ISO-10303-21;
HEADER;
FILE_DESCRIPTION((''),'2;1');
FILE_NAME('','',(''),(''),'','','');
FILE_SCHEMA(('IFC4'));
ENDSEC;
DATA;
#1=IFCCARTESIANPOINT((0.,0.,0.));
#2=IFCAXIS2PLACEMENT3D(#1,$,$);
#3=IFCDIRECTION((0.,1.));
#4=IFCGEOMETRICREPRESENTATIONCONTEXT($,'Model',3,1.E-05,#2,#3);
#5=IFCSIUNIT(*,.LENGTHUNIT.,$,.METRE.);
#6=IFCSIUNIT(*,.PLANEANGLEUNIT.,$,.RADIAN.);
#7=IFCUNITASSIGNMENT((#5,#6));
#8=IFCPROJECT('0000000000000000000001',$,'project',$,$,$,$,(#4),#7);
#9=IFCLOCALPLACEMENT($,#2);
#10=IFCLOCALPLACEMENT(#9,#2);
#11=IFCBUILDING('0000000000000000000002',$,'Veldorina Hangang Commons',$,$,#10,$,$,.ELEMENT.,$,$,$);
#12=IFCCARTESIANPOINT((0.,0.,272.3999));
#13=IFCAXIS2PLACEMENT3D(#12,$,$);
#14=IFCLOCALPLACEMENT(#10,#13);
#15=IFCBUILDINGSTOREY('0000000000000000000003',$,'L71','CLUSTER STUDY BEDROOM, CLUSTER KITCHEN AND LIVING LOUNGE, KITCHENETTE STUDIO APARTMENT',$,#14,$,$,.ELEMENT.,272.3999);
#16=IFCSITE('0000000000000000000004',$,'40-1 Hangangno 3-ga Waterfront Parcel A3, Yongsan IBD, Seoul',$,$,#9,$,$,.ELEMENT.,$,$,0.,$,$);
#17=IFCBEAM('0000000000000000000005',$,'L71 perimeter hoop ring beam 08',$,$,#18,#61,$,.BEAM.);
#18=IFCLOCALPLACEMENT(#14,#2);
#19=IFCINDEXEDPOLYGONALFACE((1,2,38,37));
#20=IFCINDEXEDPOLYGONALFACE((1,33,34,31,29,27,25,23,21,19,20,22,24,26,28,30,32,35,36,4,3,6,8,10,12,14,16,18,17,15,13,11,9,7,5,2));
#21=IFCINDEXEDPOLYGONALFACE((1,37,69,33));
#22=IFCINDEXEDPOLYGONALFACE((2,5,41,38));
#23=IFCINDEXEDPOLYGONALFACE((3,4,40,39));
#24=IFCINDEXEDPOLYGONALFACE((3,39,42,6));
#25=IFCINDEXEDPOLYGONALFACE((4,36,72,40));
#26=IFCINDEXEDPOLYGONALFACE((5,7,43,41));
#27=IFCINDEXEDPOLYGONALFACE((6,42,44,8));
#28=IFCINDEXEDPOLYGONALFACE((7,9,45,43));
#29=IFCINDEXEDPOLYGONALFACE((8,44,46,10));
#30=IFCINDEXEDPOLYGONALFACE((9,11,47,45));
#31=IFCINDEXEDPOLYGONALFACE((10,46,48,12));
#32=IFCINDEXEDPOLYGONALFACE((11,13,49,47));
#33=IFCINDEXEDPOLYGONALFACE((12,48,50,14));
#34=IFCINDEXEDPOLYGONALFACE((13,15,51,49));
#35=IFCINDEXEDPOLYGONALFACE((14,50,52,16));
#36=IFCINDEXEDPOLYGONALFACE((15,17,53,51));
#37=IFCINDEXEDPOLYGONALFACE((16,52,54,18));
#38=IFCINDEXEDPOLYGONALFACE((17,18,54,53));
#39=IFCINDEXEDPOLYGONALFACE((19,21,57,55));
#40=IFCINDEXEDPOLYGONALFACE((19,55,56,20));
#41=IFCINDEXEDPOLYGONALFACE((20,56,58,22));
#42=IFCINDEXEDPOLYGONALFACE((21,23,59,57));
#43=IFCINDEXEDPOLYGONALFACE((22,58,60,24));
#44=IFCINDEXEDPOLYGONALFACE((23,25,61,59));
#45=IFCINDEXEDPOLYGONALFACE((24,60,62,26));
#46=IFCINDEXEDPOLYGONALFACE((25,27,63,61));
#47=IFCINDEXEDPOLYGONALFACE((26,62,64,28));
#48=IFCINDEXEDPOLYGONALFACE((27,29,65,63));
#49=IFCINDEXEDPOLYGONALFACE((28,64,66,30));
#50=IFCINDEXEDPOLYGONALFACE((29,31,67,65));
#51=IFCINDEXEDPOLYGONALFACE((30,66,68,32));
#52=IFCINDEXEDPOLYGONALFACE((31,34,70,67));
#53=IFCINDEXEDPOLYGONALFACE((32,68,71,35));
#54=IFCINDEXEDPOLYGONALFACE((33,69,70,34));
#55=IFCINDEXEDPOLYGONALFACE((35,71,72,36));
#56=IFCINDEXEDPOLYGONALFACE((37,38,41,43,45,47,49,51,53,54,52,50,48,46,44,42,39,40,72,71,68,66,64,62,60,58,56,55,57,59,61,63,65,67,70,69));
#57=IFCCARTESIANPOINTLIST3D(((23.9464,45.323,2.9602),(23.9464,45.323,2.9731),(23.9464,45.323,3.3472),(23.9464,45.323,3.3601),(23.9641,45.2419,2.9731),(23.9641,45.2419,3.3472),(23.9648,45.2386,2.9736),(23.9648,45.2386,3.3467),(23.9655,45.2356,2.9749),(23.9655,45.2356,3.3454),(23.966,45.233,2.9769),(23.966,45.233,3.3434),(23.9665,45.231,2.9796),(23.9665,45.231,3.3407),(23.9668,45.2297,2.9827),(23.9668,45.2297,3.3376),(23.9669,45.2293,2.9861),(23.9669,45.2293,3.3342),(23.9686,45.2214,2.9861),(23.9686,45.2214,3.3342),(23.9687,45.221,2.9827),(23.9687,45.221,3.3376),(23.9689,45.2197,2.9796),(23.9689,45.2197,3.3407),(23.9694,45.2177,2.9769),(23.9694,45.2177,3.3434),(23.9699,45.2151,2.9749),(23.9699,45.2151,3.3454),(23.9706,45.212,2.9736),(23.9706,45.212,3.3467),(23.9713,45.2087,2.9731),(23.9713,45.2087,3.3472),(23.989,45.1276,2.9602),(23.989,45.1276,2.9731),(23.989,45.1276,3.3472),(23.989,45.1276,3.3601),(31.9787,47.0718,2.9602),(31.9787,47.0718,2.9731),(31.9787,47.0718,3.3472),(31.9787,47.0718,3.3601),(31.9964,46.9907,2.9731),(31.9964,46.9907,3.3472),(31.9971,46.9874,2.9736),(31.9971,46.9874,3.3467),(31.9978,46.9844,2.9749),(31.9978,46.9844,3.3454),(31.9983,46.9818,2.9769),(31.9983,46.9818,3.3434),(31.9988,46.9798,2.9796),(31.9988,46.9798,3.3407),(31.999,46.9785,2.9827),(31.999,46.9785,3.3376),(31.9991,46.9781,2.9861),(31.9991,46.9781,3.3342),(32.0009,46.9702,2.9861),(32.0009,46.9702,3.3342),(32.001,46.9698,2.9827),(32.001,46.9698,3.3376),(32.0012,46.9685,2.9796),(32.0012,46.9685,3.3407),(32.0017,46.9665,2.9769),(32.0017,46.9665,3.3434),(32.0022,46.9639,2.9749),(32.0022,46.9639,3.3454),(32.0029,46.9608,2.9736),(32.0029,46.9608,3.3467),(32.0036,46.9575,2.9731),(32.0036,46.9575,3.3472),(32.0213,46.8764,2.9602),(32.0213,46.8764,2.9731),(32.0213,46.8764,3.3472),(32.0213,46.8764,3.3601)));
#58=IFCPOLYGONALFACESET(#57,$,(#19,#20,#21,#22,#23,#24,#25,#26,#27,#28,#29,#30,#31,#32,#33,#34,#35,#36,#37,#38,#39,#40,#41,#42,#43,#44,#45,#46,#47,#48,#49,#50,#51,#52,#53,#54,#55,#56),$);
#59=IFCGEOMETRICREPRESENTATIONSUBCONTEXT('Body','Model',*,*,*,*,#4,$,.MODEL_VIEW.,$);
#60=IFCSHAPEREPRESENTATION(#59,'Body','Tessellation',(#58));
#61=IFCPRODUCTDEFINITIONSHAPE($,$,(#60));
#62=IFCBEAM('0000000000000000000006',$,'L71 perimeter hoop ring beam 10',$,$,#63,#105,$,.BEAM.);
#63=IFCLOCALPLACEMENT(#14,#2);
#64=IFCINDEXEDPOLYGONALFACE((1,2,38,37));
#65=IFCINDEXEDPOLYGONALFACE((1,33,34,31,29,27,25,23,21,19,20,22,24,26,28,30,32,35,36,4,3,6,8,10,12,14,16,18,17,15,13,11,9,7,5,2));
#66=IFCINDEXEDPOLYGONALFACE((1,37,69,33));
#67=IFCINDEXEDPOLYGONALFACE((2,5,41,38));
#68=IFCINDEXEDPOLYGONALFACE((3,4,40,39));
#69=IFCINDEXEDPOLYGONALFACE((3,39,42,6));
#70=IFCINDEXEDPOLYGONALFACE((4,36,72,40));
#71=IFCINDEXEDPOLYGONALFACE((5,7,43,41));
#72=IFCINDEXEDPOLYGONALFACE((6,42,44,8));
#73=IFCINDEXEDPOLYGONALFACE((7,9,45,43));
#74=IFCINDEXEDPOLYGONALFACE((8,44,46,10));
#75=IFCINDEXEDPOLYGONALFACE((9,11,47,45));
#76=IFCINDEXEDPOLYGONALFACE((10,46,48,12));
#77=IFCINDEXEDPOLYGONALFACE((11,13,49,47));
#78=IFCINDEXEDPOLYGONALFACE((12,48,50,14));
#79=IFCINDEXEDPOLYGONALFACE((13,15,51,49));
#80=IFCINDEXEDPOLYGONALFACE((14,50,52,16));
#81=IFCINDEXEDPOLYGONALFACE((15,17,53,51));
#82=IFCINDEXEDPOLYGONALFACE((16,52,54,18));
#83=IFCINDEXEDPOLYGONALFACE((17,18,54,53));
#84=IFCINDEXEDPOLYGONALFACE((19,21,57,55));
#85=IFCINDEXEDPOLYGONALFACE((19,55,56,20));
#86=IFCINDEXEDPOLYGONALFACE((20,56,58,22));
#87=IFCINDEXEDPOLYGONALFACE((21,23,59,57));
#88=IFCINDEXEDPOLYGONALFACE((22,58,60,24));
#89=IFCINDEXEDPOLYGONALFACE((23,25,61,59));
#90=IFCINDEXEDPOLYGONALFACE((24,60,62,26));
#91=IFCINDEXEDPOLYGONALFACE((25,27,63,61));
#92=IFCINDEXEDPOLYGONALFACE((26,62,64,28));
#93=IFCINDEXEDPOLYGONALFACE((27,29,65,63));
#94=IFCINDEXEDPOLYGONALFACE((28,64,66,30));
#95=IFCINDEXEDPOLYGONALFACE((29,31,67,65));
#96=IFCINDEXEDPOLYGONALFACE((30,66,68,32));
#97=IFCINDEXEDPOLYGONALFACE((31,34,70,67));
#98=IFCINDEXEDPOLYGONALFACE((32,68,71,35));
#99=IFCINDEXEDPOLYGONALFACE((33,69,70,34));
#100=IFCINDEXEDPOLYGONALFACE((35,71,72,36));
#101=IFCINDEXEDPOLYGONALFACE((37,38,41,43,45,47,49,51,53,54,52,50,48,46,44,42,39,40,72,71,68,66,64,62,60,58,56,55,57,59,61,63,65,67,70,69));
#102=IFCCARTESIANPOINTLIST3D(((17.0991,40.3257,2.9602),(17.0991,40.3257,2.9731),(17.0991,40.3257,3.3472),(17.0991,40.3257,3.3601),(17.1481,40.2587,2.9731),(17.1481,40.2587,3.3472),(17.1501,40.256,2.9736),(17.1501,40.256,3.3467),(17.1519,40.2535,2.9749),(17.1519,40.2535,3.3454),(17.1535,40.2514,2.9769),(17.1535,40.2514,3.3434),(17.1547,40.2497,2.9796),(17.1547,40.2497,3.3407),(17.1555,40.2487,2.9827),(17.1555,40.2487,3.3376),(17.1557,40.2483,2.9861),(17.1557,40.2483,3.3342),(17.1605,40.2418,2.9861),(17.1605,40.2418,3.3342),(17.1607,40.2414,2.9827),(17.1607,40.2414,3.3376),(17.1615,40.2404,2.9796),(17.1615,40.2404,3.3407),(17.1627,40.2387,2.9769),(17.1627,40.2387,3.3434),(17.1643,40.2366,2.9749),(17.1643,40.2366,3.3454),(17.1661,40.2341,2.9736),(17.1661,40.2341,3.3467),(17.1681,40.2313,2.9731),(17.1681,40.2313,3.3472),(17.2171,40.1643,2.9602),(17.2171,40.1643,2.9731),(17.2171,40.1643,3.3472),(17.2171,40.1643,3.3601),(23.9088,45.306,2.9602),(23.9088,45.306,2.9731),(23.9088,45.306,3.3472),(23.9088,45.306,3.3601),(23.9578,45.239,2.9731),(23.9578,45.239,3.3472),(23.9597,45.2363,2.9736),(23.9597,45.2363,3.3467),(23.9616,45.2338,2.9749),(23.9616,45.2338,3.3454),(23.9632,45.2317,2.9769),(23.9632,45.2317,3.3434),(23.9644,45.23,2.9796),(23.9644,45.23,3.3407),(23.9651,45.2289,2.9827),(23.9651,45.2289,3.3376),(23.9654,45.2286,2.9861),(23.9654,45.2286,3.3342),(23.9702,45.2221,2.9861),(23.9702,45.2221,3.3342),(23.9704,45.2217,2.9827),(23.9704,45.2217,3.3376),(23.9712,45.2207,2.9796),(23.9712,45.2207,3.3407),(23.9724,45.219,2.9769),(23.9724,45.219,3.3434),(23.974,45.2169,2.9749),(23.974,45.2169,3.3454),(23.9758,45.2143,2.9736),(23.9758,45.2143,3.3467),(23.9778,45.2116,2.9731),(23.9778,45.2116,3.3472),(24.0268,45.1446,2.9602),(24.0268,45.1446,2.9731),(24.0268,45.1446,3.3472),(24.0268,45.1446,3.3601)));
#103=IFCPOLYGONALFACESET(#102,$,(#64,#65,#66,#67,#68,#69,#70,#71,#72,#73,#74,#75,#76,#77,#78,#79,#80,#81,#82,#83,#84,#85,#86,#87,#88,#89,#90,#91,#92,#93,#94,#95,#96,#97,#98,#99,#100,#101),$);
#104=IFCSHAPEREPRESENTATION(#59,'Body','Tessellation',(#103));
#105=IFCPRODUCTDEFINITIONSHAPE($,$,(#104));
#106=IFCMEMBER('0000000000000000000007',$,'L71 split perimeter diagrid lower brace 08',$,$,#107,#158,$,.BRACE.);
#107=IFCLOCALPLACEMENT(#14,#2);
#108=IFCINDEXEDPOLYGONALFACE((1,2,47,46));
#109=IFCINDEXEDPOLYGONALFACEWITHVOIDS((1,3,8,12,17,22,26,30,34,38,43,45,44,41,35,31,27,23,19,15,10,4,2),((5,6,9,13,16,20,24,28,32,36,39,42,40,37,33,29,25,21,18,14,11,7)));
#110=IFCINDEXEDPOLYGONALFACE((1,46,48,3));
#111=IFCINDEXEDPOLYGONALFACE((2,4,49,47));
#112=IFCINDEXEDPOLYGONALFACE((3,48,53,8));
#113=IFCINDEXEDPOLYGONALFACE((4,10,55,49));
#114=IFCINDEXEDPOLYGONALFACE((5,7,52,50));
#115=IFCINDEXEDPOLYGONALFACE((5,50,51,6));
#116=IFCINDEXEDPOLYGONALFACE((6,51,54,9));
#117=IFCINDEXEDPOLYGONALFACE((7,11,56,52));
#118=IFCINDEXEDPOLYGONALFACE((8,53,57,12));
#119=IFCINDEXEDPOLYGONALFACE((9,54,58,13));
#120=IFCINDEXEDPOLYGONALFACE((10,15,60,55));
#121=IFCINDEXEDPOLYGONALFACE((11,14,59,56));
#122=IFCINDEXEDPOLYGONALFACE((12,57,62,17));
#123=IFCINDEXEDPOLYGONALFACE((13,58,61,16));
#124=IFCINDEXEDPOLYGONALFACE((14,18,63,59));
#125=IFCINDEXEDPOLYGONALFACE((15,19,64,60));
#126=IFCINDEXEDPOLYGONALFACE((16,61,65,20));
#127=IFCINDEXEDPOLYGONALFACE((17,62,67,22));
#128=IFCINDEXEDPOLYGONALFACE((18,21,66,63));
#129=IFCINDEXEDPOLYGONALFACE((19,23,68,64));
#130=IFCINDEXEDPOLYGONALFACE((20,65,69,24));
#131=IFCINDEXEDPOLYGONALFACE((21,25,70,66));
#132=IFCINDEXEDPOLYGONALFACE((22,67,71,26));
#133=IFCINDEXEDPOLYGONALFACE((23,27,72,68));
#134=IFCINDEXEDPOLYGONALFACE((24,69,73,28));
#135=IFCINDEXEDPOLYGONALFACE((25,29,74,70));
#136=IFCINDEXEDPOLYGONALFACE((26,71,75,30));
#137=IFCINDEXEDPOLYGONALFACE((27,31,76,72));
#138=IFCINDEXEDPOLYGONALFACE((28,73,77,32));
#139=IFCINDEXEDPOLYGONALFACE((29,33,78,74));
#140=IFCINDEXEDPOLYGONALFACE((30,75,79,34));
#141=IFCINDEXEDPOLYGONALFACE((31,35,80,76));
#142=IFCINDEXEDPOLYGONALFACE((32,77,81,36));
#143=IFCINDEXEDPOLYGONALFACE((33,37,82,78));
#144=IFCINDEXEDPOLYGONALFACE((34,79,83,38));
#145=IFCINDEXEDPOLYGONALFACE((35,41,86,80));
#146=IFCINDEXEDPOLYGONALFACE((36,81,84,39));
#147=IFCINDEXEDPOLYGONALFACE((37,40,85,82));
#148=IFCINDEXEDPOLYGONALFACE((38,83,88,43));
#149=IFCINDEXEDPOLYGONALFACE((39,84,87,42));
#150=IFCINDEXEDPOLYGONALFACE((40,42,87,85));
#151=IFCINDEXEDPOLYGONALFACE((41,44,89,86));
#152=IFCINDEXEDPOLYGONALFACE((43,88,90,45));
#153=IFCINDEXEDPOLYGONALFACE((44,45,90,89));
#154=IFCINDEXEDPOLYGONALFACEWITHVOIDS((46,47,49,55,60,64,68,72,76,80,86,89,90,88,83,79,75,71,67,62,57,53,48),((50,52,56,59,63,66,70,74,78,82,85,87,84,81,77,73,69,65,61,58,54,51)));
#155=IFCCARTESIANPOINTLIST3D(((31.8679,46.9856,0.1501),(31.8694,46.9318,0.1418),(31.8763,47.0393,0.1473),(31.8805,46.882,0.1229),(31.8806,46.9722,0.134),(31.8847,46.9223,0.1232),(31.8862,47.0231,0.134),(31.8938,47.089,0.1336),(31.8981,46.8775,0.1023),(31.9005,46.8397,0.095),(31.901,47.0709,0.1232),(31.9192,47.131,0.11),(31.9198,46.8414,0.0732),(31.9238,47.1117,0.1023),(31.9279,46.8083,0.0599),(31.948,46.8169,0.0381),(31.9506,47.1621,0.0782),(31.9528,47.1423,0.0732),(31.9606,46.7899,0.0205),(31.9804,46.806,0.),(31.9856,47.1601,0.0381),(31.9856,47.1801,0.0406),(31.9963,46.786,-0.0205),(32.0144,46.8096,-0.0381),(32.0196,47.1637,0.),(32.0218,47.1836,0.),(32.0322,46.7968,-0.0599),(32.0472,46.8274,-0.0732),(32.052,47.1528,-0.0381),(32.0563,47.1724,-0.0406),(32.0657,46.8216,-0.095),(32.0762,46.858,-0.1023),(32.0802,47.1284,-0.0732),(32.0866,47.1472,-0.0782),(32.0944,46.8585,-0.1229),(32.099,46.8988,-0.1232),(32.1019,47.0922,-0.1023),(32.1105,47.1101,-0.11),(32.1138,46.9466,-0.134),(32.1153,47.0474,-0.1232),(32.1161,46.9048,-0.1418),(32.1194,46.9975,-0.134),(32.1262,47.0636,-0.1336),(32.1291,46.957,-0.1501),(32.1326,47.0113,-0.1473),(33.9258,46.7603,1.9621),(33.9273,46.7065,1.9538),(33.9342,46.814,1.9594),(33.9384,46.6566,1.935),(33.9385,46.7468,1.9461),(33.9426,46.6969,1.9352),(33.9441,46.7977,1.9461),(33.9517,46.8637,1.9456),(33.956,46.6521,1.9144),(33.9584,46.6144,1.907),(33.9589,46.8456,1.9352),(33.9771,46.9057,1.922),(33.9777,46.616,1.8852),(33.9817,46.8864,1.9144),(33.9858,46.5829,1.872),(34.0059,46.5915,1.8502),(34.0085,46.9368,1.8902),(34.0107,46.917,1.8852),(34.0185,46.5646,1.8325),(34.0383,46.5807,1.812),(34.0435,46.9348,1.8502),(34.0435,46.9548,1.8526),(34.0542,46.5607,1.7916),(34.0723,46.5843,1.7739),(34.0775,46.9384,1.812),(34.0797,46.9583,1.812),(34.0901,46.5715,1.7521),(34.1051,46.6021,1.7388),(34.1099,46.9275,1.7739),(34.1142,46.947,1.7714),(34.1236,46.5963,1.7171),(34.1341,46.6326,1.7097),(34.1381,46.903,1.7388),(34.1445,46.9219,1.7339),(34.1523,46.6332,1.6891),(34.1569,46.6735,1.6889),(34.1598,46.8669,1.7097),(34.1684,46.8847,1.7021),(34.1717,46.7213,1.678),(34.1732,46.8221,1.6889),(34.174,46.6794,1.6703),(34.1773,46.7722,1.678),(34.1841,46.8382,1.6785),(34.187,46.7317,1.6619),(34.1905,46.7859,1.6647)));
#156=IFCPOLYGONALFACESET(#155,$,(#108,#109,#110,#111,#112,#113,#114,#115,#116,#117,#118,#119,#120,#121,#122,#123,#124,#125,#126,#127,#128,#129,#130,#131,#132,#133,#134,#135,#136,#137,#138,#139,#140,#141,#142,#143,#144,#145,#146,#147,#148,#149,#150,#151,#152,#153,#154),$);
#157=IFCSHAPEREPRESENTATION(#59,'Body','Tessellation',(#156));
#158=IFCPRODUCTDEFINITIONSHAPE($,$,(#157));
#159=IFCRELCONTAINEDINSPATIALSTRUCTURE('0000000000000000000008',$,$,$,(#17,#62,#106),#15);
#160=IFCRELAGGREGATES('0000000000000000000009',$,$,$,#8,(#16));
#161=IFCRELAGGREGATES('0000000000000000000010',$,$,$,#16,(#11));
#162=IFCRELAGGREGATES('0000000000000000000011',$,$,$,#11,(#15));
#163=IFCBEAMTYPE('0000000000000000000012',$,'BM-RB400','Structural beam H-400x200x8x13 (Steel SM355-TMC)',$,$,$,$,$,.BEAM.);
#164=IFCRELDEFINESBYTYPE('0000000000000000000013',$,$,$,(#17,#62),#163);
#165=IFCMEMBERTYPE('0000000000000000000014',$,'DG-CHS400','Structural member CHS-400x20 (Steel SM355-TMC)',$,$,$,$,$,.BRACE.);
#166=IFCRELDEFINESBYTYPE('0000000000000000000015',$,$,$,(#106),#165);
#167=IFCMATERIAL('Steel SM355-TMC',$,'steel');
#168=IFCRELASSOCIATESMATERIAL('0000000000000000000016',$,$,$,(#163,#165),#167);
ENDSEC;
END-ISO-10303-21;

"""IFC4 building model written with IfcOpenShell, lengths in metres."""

from ifc_helpers import new_model, si_unit, direction, frame, origin, origin_2d, place, context, subcontext, project, spatial, hollow_circle, i_section, extrude, material, material_profile, profile_set, type_object, element, save


model = new_model("IFC4")

# Units and contexts
model_context = context("Model", 3, precision=1e-05, world=origin(), true_north=direction((0.0, 1.0)))
body_context = subcontext(model_context, "Body", "Model", "MODEL_VIEW")
ifc_project = project(units=[si_unit("LENGTHUNIT", "METRE"), si_unit("PLANEANGLEUNIT", "RADIAN")], contexts=[model_context])

# Site, building, storey
site_placement = place(None, origin())
site = spatial("IfcSite", under=ifc_project, at=site_placement, Name="40-1 Hangangno 3-ga Waterfront Parcel A3, Yongsan IBD, Seoul", CompositionType="ELEMENT", RefElevation=0.0)
building_placement = place(site_placement, origin())
building = spatial("IfcBuilding", under=site, at=building_placement, Name="Veldorina Hangang Commons", CompositionType="ELEMENT")
storey_placement = place(building_placement, frame((0.0, 0.0, 272.3999)))
storey = spatial("IfcBuildingStorey", under=building, at=storey_placement, Name="L71", Description="CLUSTER STUDY BEDROOM, CLUSTER KITCHEN AND LIVING LOUNGE, KITCHENETTE STUDIO APARTMENT", CompositionType="ELEMENT", Elevation=272.3999)

# Beams
ifc_material_1 = material(Name="Steel SM355-TMC", Category="steel")
ifc_material_profile_1 = material_profile(ifc_material_1, i_section(OverallWidth=0.2, OverallDepth=0.3999, WebThickness=0.0081, FlangeThickness=0.0129, FilletRadius=0.0129, at=origin_2d()), Name="H-400x200x8x13")
ifc_profile_set_1 = profile_set([ifc_material_profile_1], Name="Steel SM355-TMC")
beam_type = type_object("IfcBeamType", Name="BM-RB400", Description="Structural beam H-400x200x8x13 (Steel SM355-TMC)", PredefinedType="BEAM", material=ifc_profile_set_1)
beam_1_placement = place(storey_placement, frame((32.0, 46.9741, 3.1602), z_axis=(-0.97711, -0.212737, 0.0), x_axis=(0.212737, -0.97711, 0.0)))
element("IfcBeam", 1, at=beam_1_placement, inside=storey, type_object=beam_type, Name="L71 perimeter hoop ring beam 08", PredefinedType="BEAM", context=body_context, shape_type="SweptSolid", body=[
    extrude(i_section(OverallWidth=0.2, OverallDepth=0.3999, WebThickness=0.0081, FlangeThickness=0.0129, FilletRadius=0.0129, at=origin_2d()), origin(), (0.0, 0.0, 1.0), 8.2205),
])
beam_2_placement = place(storey_placement, frame((23.9678, 45.2253, 3.1602), z_axis=(-0.807165, -0.590326, 0.0), x_axis=(0.590326, -0.807165, 0.0)))
element("IfcBeam", 2, at=beam_2_placement, inside=storey, type_object=beam_type, Name="L71 perimeter hoop ring beam 10", PredefinedType="BEAM", context=body_context, shape_type="SweptSolid", body=[
    extrude(i_section(OverallWidth=0.2, OverallDepth=0.3999, WebThickness=0.0081, FlangeThickness=0.0129, FilletRadius=0.0129, at=origin_2d()), origin(), (0.0, 0.0, 1.0), 8.4365),
])

# Member
ifc_material_profile_2 = material_profile(ifc_material_1, hollow_circle(Radius=0.2, WallThickness=0.02, at=origin_2d()), Name="CHS-400x20")
ifc_profile_set_2 = profile_set([ifc_material_profile_2], Name="Steel SM355-TMC")
member_type_1 = type_object("IfcMemberType", Name="DG-CHS400", Description="Structural member CHS-400x20 (Steel SM355-TMC)", PredefinedType="BRACE", material=ifc_profile_set_2)
member_1_placement = place(storey_placement, frame((32.0, 46.9849, 0.0), z_axis=(0.747994, -0.081908, 0.658632), x_axis=(0.108852, 0.994058, 0.0)))
element("IfcMember", 3, at=member_1_placement, inside=storey, type_object=member_type_1, Name="L71 split perimeter diagrid lower brace 08", PredefinedType="BRACE", context=body_context, shape_type="SweptSolid", body=[
    extrude(hollow_circle(Radius=0.2, WallThickness=0.02, at=origin_2d()), origin(), (0.0, 0.0, 1.0), 2.7512),
])

save(model, "model.ifc")
